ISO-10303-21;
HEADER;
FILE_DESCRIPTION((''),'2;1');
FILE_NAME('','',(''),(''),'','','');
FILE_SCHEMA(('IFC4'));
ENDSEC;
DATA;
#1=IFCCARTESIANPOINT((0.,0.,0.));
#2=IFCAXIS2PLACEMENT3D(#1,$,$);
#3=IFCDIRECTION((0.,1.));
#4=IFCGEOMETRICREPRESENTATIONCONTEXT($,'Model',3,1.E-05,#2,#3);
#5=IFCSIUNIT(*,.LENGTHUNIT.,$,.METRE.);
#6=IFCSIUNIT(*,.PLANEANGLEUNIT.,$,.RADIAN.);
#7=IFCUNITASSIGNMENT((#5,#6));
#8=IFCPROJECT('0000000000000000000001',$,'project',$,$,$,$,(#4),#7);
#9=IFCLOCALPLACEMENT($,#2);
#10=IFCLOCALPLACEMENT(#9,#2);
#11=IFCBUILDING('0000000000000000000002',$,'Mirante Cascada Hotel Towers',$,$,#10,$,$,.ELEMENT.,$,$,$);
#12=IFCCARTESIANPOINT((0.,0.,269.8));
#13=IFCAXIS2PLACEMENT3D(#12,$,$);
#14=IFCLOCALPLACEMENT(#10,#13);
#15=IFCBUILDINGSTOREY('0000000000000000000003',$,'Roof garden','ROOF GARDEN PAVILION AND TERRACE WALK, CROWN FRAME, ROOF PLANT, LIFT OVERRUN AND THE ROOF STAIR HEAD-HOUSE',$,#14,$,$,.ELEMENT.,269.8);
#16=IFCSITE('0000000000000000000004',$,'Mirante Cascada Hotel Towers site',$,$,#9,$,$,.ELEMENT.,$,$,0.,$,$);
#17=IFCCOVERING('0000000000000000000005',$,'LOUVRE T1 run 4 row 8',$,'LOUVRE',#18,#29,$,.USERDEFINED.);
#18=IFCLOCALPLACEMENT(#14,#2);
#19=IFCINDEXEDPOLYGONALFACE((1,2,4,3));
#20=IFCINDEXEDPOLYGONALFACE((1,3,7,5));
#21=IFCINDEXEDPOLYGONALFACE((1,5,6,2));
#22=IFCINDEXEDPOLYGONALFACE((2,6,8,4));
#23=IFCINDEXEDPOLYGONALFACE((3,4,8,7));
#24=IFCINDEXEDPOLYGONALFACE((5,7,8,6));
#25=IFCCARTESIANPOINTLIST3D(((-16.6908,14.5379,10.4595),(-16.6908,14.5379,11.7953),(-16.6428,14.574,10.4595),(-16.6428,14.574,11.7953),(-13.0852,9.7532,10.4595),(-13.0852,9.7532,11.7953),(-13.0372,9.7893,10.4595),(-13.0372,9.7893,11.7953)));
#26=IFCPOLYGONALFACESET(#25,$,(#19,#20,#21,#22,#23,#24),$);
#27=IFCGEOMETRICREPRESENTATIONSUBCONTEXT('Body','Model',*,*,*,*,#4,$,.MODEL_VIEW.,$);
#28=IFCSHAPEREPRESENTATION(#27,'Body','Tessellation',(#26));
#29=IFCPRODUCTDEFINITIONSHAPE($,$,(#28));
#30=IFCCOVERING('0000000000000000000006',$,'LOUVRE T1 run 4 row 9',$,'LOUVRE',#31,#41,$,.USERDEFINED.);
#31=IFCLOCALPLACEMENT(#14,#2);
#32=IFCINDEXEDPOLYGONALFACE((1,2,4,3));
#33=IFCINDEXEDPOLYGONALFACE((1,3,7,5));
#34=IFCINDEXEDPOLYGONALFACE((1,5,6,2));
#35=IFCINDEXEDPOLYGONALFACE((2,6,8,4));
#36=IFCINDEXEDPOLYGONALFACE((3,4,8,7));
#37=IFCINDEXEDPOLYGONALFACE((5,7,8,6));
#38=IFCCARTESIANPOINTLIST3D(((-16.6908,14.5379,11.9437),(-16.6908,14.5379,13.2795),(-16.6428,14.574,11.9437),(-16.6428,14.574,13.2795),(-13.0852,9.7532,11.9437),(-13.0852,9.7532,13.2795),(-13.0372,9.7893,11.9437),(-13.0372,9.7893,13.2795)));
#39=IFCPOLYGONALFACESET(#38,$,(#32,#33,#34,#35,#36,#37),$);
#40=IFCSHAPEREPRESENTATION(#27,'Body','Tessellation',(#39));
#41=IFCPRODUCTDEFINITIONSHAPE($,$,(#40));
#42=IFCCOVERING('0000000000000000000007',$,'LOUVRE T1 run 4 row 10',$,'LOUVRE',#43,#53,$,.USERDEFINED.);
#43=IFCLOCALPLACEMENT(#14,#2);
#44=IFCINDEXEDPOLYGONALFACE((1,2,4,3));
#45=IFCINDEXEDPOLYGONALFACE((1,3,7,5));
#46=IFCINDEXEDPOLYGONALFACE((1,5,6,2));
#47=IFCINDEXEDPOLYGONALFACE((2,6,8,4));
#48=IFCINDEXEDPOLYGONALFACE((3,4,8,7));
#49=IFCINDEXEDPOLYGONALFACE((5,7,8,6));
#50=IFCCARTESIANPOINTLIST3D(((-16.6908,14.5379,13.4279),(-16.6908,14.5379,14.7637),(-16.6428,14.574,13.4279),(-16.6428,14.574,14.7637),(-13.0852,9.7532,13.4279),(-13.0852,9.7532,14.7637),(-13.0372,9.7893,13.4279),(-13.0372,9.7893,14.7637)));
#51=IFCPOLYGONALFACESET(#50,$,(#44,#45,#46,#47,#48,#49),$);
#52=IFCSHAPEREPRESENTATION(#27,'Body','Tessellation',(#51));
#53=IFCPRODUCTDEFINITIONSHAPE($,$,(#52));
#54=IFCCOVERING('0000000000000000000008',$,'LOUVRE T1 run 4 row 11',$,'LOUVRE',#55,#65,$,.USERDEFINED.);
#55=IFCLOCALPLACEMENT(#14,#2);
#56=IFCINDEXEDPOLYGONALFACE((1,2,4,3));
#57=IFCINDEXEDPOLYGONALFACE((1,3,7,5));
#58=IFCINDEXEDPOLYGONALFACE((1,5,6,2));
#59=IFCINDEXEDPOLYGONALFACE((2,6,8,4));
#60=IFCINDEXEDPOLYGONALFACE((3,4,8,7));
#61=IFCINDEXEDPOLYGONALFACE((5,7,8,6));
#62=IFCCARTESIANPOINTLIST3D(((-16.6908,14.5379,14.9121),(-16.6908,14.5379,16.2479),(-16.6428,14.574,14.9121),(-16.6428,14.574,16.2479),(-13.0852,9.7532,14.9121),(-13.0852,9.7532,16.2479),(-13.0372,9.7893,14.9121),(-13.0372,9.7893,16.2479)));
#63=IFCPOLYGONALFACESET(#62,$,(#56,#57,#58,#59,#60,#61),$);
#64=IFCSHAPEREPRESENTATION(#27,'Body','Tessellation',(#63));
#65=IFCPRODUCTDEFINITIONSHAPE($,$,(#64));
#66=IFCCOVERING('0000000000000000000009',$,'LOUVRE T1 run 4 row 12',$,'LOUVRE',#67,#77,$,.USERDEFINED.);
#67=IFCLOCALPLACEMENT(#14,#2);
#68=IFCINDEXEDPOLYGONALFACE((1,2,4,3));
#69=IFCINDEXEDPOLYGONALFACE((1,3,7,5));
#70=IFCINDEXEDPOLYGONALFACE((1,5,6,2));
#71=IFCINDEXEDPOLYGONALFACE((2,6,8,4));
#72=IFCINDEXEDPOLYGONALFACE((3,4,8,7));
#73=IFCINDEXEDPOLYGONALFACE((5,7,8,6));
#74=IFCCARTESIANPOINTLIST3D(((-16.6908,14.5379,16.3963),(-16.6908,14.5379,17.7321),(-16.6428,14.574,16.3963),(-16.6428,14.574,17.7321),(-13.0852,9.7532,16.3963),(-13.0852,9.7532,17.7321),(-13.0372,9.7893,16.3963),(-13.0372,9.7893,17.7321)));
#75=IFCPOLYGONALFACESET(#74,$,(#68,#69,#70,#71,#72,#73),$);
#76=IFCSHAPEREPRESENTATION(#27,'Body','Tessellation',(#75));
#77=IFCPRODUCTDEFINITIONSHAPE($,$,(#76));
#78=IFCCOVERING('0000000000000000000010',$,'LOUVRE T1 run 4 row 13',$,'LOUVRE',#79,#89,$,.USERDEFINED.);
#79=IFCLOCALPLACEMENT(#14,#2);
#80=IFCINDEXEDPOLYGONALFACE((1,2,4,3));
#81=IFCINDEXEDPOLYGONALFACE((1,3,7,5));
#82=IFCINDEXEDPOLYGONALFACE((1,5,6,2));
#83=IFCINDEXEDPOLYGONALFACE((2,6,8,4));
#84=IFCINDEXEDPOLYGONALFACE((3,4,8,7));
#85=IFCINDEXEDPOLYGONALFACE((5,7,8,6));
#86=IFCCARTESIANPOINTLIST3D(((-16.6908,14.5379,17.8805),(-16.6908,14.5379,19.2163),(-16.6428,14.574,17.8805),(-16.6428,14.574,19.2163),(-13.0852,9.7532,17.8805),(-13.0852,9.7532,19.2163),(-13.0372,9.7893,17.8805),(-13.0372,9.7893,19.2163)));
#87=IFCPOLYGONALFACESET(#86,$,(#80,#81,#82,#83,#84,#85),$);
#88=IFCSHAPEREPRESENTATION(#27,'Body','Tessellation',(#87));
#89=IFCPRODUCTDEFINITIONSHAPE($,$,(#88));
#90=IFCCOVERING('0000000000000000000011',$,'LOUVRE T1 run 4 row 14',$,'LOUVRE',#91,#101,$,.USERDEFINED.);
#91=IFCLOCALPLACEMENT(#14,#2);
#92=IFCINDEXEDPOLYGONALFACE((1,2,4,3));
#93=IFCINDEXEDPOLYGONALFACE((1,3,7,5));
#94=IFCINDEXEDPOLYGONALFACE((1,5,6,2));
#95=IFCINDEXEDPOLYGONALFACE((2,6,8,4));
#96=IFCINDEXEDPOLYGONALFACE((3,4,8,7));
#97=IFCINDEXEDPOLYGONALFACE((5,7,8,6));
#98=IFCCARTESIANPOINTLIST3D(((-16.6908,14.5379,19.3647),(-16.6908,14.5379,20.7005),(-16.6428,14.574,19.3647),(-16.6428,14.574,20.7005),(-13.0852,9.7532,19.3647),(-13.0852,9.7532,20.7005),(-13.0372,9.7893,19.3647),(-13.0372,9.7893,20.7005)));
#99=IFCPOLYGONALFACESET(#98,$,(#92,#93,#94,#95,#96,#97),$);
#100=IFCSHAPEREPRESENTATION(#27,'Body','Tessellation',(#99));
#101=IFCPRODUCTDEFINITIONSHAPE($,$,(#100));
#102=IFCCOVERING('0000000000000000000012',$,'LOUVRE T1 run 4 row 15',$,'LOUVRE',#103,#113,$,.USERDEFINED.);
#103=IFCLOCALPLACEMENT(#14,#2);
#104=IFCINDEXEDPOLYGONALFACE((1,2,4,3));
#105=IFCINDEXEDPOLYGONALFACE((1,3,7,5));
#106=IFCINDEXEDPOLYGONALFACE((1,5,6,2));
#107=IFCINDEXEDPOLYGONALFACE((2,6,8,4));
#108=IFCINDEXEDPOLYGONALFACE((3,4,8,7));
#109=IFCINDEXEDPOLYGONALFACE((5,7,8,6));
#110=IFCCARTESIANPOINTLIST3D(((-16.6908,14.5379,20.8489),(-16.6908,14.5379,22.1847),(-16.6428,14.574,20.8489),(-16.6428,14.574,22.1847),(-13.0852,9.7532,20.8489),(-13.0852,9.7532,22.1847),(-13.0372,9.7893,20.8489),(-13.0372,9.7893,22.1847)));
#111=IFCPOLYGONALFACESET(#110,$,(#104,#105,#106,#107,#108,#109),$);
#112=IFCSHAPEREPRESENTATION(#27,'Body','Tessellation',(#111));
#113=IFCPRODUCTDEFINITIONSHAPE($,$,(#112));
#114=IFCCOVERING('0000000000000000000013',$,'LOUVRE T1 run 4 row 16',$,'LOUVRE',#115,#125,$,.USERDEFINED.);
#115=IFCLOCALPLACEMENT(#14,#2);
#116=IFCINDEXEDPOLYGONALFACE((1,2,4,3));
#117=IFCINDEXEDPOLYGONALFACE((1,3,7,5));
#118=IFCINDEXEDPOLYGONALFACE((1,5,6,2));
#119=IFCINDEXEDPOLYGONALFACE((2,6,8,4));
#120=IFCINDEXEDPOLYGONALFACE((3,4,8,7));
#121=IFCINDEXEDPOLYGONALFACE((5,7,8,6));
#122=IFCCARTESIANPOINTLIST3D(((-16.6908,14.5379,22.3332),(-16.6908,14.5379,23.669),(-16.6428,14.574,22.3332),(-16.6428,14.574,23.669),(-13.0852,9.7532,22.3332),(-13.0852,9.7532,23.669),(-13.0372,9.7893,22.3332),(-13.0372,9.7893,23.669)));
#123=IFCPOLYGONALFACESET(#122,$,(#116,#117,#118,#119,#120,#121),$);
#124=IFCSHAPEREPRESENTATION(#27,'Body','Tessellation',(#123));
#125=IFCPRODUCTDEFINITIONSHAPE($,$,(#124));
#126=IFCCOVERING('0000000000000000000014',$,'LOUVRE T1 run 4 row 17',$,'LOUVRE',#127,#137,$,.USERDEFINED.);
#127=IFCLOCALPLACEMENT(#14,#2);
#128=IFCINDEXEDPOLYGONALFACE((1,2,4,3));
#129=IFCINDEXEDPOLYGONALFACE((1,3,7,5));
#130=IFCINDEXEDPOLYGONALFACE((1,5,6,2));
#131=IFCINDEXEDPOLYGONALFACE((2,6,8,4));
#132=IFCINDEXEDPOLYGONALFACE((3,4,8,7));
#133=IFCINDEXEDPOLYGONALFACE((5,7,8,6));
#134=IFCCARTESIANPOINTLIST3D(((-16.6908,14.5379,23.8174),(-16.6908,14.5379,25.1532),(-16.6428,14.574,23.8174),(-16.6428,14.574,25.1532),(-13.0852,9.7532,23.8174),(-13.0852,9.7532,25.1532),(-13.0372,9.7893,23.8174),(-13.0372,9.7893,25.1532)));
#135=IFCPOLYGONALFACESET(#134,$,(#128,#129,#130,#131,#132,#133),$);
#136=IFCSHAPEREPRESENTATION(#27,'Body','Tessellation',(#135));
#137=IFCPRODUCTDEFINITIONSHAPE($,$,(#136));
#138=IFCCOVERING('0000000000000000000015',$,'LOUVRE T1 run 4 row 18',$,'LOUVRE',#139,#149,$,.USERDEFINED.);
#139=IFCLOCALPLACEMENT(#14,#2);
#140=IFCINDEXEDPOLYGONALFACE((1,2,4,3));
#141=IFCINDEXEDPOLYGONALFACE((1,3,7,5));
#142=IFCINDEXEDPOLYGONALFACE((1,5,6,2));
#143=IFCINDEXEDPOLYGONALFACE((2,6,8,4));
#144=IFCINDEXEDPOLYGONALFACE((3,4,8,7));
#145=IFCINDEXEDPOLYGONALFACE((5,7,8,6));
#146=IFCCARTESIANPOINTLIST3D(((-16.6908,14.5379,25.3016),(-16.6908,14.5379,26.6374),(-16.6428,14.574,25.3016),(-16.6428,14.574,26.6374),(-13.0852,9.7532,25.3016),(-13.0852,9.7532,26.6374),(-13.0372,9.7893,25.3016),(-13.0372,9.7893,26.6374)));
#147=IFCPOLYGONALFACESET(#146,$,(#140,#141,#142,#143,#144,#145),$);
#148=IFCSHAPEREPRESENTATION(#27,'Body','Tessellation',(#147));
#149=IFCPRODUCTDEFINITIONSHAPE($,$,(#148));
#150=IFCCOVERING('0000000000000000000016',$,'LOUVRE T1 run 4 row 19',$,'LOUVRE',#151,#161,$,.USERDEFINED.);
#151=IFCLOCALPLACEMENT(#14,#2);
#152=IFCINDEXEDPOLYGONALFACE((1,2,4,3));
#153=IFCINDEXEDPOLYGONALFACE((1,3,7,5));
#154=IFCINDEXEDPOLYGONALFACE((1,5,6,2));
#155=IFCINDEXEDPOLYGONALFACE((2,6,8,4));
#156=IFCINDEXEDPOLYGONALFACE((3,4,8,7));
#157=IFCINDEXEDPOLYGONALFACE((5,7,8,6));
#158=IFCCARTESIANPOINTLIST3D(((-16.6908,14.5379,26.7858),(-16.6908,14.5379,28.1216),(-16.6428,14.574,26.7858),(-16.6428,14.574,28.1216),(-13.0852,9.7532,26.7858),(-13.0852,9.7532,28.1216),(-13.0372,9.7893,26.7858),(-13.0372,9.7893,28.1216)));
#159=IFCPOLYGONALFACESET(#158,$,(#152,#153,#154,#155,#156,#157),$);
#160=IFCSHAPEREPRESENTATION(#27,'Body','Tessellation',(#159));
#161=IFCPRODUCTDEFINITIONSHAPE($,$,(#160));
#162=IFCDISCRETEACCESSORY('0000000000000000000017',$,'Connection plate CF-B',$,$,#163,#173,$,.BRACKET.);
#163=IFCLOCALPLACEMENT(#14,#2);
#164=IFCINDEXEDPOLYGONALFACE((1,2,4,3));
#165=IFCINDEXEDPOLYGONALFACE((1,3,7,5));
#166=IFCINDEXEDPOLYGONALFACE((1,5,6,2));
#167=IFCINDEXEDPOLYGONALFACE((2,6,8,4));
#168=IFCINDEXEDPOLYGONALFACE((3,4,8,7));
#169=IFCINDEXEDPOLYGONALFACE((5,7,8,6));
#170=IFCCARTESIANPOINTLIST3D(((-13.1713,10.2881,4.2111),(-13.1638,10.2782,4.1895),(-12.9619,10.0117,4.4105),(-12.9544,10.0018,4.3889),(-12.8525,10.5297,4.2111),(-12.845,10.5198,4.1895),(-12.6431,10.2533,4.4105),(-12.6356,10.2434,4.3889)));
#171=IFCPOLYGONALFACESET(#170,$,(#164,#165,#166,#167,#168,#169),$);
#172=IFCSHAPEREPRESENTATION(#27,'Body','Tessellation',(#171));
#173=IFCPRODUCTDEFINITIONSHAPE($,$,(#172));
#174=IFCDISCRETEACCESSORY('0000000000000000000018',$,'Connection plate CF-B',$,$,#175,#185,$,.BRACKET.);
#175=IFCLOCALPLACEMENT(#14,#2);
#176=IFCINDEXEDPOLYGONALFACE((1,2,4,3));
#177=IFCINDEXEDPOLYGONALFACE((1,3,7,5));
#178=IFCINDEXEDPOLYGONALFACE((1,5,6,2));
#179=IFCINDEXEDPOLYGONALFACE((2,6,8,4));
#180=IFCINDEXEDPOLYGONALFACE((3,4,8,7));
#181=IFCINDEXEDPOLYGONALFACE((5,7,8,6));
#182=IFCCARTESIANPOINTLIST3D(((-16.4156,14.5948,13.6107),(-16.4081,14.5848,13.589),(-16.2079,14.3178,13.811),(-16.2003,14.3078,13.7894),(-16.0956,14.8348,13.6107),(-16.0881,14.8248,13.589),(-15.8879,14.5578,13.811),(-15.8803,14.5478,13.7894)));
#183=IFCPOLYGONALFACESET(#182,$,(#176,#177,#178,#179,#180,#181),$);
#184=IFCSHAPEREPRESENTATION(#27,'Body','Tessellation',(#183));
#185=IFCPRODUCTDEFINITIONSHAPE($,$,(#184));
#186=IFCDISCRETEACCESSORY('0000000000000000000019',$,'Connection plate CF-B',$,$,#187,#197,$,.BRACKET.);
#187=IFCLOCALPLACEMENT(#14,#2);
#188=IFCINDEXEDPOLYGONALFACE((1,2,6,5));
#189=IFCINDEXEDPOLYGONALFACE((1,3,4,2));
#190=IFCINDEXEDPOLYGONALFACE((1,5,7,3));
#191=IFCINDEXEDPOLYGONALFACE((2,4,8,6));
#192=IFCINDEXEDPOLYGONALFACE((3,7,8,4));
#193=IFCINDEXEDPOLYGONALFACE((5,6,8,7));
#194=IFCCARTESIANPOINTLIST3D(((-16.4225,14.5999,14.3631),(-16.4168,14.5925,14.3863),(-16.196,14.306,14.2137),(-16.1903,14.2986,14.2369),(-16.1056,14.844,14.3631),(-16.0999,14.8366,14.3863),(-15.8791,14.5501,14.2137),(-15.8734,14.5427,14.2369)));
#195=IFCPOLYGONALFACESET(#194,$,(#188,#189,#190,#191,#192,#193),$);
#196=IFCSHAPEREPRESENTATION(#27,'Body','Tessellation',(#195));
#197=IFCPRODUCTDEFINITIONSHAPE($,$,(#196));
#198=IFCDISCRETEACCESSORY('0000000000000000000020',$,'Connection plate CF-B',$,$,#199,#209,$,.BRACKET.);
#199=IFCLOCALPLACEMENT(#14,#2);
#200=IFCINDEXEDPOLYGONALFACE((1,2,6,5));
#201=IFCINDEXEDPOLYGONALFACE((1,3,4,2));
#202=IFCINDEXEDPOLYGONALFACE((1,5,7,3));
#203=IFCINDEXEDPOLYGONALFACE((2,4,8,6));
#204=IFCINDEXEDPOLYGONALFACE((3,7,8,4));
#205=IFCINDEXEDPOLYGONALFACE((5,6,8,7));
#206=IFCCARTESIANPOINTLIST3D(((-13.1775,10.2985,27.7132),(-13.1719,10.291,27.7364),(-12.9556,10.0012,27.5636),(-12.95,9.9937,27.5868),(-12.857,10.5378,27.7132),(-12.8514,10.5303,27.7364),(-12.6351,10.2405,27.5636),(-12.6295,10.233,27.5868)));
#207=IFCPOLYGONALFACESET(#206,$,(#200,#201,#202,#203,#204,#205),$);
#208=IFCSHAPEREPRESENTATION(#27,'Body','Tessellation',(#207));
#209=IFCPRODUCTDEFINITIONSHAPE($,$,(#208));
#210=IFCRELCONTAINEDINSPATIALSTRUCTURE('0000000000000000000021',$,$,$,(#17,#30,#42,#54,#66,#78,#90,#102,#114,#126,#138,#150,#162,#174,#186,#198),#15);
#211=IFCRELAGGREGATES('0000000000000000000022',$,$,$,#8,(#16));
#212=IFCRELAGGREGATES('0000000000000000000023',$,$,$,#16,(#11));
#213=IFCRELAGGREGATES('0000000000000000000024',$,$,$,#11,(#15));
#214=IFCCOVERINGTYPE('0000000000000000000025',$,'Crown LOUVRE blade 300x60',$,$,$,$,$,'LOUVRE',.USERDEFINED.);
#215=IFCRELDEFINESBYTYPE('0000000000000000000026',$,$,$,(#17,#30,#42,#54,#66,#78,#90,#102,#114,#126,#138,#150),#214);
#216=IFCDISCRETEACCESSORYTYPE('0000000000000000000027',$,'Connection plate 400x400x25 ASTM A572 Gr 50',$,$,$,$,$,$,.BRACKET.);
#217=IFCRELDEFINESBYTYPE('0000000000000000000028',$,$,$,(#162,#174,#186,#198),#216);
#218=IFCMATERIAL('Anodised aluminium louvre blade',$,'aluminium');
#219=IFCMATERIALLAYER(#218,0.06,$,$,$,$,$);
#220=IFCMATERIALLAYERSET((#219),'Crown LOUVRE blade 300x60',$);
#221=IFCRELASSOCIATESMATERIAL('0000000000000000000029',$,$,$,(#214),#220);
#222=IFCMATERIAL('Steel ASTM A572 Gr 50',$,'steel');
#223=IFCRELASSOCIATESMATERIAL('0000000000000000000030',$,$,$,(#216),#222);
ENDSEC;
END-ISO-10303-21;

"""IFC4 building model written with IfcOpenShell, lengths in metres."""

from ifc_helpers import new_model, si_unit, direction, frame, origin, origin_2d, place, context, subcontext, project, spatial, rectangle, extrude, material, layer, layer_set, material_profile, profile_set, type_object, element, save


model = new_model("IFC4")

# Units and contexts
model_context = context("Model", 3, precision=1e-05, world=origin(), true_north=direction((0.0, 1.0)))
body_context = subcontext(model_context, "Body", "Model", "MODEL_VIEW")
ifc_project = project(units=[si_unit("LENGTHUNIT", "METRE"), si_unit("PLANEANGLEUNIT", "RADIAN")], contexts=[model_context])

# Site, building, storey
site_placement = place(None, origin())
site = spatial("IfcSite", under=ifc_project, at=site_placement, Name="Mirante Cascada Hotel Towers site", CompositionType="ELEMENT", RefElevation=0.0)
building_placement = place(site_placement, origin())
building = spatial("IfcBuilding", under=site, at=building_placement, Name="Mirante Cascada Hotel Towers", CompositionType="ELEMENT")
storey_placement = place(building_placement, frame((0.0, 0.0, 269.8)))
storey = spatial("IfcBuildingStorey", under=building, at=storey_placement, Name="Roof garden", Description="ROOF GARDEN PAVILION AND TERRACE WALK, CROWN FRAME, ROOF PLANT, LIFT OVERRUN AND THE ROOF STAIR HEAD-HOUSE", CompositionType="ELEMENT", Elevation=269.8)

# Coverings
ifc_material_1 = material(Name="Anodised aluminium louvre blade", Category="aluminium")
ifc_layer_1 = layer(ifc_material_1, 0.06)
ifc_layer_set_1 = layer_set([ifc_layer_1], Name="Crown LOUVRE blade 300x60")
covering_type = type_object("IfcCoveringType", Name="Crown LOUVRE blade 300x60", ElementType="LOUVRE", PredefinedType="USERDEFINED", material=ifc_layer_set_1)
for number, where, z_axis, x_axis, name in (
    (1, (-14.864, 12.1636, 10.4595), (0.0, 0.0, 1.0), (-0.601815, 0.798636, 0.0), "LOUVRE T1 run 4 row 8"),
    (2, (-14.864, 12.1636, 11.9437), (0.0, 0.0, 1.0), (-0.601815, 0.798636, 0.0), "LOUVRE T1 run 4 row 9"),
    (3, (-14.864, 12.1636, 13.4279), (0.0, 0.0, 1.0), (-0.601815, 0.798636, 0.0), "LOUVRE T1 run 4 row 10"),
    (4, (-14.864, 12.1636, 14.9121), (0.0, 0.0, 1.0), (-0.601815, 0.798636, 0.0), "LOUVRE T1 run 4 row 11"),
    (5, (-14.864, 12.1636, 16.3963), (0.0, 0.0, 1.0), (-0.601815, 0.798636, 0.0), "LOUVRE T1 run 4 row 12"),
    (6, (-14.864, 12.1636, 17.8805), (0.0, 0.0, 1.0), (-0.601815, 0.798636, 0.0), "LOUVRE T1 run 4 row 13"),
    (7, (-14.864, 12.1636, 19.3647), (0.0, 0.0, 1.0), (-0.601815, 0.798636, 0.0), "LOUVRE T1 run 4 row 14"),
    (8, (-14.864, 12.1636, 20.8489), (0.0, 0.0, 1.0), (-0.601815, 0.798636, 0.0), "LOUVRE T1 run 4 row 15"),
    (9, (-14.864, 12.1636, 22.3332), (0.0, 0.0, 1.0), (-0.601815, 0.798636, 0.0), "LOUVRE T1 run 4 row 16"),
    (10, (-14.864, 12.1636, 23.8174), (0.0, 0.0, 1.0), (-0.601815, 0.798636, 0.0), "LOUVRE T1 run 4 row 17"),
    (11, (-14.864, 12.1636, 25.3016), (0.0, 0.0, 1.0), (-0.601815, 0.798636, 0.0), "LOUVRE T1 run 4 row 18"),
    (12, (-14.864, 12.1636, 26.7858), (0.0, 0.0, 1.0), (-0.601815, 0.798636, 0.0), "LOUVRE T1 run 4 row 19"),
):
    element("IfcCovering", number, at=place(storey_placement, frame(where, z_axis=z_axis, x_axis=x_axis)), inside=storey, type_object=covering_type, Name=name, ObjectType="LOUVRE", PredefinedType="USERDEFINED", context=body_context, shape_type="SweptSolid", body=[
        extrude(rectangle(XDim=5.9912, YDim=0.06, at=origin_2d()), origin(), (0.0, 0.0, 1.0), 1.3358),
    ])

# Discrete accessories
ifc_material_2 = material(Name="Steel ASTM A572 Gr 50", Category="steel")
ifc_material_profile_1 = material_profile(ifc_material_2, rectangle(XDim=0.4, YDim=0.4, at=origin_2d()), Name="Connection plate 400x400x25 ASTM A572 Gr 50")
ifc_profile_set_1 = profile_set([ifc_material_profile_1], Name="Steel ASTM A572 Gr 50")
discrete_accessory_type = type_object("IfcDiscreteAccessoryType", Name="Connection plate 400x400x25 ASTM A572 Gr 50", PredefinedType="BRACKET", material=ifc_profile_set_1)
discrete_accessory_placement = place(storey_placement, frame((-12.8997, 10.2608, 4.2892), z_axis=(-0.301008, 0.397331, 0.866904), x_axis=(-0.797092, -0.603858, 0.0)))
element("IfcDiscreteAccessory", 13, at=discrete_accessory_placement, inside=storey, type_object=discrete_accessory_type, Name="Connection plate CF-B", PredefinedType="BRACKET", context=body_context, shape_type="SweptSolid", body=[
    extrude(rectangle(XDim=0.4, YDim=0.4, at=origin_2d()), origin(), (0.0, 0.0, 1.0), 0.0249),
])
for number, where, z_axis, x_axis, name in (
    (14, (-16.1442, 14.5663, 13.6892), (-0.300527, 0.400703, 0.865518), (-0.8, -0.6, 0.0), "Connection plate CF-B"),
    (15, (-16.1508, 14.575, 14.2884), (0.227911, -0.295884, 0.927636), (0.792226, 0.610228, 0.0), "Connection plate CF-B"),
    (16, (-12.9063, 10.2695, 27.6384), (0.223848, -0.299796, 0.92737), (0.80128, 0.598289, 0.0), "Connection plate CF-B"),
):
    element("IfcDiscreteAccessory", number, at=place(storey_placement, frame(where, z_axis=z_axis, x_axis=x_axis)), inside=storey, type_object=discrete_accessory_type, Name=name, PredefinedType="BRACKET", context=body_context, shape_type="SweptSolid", body=[
        extrude(rectangle(XDim=0.4, YDim=0.4, at=origin_2d()), origin(), (0.0, 0.0, 1.0), 0.025),
    ])

save(model, "model.ifc")
